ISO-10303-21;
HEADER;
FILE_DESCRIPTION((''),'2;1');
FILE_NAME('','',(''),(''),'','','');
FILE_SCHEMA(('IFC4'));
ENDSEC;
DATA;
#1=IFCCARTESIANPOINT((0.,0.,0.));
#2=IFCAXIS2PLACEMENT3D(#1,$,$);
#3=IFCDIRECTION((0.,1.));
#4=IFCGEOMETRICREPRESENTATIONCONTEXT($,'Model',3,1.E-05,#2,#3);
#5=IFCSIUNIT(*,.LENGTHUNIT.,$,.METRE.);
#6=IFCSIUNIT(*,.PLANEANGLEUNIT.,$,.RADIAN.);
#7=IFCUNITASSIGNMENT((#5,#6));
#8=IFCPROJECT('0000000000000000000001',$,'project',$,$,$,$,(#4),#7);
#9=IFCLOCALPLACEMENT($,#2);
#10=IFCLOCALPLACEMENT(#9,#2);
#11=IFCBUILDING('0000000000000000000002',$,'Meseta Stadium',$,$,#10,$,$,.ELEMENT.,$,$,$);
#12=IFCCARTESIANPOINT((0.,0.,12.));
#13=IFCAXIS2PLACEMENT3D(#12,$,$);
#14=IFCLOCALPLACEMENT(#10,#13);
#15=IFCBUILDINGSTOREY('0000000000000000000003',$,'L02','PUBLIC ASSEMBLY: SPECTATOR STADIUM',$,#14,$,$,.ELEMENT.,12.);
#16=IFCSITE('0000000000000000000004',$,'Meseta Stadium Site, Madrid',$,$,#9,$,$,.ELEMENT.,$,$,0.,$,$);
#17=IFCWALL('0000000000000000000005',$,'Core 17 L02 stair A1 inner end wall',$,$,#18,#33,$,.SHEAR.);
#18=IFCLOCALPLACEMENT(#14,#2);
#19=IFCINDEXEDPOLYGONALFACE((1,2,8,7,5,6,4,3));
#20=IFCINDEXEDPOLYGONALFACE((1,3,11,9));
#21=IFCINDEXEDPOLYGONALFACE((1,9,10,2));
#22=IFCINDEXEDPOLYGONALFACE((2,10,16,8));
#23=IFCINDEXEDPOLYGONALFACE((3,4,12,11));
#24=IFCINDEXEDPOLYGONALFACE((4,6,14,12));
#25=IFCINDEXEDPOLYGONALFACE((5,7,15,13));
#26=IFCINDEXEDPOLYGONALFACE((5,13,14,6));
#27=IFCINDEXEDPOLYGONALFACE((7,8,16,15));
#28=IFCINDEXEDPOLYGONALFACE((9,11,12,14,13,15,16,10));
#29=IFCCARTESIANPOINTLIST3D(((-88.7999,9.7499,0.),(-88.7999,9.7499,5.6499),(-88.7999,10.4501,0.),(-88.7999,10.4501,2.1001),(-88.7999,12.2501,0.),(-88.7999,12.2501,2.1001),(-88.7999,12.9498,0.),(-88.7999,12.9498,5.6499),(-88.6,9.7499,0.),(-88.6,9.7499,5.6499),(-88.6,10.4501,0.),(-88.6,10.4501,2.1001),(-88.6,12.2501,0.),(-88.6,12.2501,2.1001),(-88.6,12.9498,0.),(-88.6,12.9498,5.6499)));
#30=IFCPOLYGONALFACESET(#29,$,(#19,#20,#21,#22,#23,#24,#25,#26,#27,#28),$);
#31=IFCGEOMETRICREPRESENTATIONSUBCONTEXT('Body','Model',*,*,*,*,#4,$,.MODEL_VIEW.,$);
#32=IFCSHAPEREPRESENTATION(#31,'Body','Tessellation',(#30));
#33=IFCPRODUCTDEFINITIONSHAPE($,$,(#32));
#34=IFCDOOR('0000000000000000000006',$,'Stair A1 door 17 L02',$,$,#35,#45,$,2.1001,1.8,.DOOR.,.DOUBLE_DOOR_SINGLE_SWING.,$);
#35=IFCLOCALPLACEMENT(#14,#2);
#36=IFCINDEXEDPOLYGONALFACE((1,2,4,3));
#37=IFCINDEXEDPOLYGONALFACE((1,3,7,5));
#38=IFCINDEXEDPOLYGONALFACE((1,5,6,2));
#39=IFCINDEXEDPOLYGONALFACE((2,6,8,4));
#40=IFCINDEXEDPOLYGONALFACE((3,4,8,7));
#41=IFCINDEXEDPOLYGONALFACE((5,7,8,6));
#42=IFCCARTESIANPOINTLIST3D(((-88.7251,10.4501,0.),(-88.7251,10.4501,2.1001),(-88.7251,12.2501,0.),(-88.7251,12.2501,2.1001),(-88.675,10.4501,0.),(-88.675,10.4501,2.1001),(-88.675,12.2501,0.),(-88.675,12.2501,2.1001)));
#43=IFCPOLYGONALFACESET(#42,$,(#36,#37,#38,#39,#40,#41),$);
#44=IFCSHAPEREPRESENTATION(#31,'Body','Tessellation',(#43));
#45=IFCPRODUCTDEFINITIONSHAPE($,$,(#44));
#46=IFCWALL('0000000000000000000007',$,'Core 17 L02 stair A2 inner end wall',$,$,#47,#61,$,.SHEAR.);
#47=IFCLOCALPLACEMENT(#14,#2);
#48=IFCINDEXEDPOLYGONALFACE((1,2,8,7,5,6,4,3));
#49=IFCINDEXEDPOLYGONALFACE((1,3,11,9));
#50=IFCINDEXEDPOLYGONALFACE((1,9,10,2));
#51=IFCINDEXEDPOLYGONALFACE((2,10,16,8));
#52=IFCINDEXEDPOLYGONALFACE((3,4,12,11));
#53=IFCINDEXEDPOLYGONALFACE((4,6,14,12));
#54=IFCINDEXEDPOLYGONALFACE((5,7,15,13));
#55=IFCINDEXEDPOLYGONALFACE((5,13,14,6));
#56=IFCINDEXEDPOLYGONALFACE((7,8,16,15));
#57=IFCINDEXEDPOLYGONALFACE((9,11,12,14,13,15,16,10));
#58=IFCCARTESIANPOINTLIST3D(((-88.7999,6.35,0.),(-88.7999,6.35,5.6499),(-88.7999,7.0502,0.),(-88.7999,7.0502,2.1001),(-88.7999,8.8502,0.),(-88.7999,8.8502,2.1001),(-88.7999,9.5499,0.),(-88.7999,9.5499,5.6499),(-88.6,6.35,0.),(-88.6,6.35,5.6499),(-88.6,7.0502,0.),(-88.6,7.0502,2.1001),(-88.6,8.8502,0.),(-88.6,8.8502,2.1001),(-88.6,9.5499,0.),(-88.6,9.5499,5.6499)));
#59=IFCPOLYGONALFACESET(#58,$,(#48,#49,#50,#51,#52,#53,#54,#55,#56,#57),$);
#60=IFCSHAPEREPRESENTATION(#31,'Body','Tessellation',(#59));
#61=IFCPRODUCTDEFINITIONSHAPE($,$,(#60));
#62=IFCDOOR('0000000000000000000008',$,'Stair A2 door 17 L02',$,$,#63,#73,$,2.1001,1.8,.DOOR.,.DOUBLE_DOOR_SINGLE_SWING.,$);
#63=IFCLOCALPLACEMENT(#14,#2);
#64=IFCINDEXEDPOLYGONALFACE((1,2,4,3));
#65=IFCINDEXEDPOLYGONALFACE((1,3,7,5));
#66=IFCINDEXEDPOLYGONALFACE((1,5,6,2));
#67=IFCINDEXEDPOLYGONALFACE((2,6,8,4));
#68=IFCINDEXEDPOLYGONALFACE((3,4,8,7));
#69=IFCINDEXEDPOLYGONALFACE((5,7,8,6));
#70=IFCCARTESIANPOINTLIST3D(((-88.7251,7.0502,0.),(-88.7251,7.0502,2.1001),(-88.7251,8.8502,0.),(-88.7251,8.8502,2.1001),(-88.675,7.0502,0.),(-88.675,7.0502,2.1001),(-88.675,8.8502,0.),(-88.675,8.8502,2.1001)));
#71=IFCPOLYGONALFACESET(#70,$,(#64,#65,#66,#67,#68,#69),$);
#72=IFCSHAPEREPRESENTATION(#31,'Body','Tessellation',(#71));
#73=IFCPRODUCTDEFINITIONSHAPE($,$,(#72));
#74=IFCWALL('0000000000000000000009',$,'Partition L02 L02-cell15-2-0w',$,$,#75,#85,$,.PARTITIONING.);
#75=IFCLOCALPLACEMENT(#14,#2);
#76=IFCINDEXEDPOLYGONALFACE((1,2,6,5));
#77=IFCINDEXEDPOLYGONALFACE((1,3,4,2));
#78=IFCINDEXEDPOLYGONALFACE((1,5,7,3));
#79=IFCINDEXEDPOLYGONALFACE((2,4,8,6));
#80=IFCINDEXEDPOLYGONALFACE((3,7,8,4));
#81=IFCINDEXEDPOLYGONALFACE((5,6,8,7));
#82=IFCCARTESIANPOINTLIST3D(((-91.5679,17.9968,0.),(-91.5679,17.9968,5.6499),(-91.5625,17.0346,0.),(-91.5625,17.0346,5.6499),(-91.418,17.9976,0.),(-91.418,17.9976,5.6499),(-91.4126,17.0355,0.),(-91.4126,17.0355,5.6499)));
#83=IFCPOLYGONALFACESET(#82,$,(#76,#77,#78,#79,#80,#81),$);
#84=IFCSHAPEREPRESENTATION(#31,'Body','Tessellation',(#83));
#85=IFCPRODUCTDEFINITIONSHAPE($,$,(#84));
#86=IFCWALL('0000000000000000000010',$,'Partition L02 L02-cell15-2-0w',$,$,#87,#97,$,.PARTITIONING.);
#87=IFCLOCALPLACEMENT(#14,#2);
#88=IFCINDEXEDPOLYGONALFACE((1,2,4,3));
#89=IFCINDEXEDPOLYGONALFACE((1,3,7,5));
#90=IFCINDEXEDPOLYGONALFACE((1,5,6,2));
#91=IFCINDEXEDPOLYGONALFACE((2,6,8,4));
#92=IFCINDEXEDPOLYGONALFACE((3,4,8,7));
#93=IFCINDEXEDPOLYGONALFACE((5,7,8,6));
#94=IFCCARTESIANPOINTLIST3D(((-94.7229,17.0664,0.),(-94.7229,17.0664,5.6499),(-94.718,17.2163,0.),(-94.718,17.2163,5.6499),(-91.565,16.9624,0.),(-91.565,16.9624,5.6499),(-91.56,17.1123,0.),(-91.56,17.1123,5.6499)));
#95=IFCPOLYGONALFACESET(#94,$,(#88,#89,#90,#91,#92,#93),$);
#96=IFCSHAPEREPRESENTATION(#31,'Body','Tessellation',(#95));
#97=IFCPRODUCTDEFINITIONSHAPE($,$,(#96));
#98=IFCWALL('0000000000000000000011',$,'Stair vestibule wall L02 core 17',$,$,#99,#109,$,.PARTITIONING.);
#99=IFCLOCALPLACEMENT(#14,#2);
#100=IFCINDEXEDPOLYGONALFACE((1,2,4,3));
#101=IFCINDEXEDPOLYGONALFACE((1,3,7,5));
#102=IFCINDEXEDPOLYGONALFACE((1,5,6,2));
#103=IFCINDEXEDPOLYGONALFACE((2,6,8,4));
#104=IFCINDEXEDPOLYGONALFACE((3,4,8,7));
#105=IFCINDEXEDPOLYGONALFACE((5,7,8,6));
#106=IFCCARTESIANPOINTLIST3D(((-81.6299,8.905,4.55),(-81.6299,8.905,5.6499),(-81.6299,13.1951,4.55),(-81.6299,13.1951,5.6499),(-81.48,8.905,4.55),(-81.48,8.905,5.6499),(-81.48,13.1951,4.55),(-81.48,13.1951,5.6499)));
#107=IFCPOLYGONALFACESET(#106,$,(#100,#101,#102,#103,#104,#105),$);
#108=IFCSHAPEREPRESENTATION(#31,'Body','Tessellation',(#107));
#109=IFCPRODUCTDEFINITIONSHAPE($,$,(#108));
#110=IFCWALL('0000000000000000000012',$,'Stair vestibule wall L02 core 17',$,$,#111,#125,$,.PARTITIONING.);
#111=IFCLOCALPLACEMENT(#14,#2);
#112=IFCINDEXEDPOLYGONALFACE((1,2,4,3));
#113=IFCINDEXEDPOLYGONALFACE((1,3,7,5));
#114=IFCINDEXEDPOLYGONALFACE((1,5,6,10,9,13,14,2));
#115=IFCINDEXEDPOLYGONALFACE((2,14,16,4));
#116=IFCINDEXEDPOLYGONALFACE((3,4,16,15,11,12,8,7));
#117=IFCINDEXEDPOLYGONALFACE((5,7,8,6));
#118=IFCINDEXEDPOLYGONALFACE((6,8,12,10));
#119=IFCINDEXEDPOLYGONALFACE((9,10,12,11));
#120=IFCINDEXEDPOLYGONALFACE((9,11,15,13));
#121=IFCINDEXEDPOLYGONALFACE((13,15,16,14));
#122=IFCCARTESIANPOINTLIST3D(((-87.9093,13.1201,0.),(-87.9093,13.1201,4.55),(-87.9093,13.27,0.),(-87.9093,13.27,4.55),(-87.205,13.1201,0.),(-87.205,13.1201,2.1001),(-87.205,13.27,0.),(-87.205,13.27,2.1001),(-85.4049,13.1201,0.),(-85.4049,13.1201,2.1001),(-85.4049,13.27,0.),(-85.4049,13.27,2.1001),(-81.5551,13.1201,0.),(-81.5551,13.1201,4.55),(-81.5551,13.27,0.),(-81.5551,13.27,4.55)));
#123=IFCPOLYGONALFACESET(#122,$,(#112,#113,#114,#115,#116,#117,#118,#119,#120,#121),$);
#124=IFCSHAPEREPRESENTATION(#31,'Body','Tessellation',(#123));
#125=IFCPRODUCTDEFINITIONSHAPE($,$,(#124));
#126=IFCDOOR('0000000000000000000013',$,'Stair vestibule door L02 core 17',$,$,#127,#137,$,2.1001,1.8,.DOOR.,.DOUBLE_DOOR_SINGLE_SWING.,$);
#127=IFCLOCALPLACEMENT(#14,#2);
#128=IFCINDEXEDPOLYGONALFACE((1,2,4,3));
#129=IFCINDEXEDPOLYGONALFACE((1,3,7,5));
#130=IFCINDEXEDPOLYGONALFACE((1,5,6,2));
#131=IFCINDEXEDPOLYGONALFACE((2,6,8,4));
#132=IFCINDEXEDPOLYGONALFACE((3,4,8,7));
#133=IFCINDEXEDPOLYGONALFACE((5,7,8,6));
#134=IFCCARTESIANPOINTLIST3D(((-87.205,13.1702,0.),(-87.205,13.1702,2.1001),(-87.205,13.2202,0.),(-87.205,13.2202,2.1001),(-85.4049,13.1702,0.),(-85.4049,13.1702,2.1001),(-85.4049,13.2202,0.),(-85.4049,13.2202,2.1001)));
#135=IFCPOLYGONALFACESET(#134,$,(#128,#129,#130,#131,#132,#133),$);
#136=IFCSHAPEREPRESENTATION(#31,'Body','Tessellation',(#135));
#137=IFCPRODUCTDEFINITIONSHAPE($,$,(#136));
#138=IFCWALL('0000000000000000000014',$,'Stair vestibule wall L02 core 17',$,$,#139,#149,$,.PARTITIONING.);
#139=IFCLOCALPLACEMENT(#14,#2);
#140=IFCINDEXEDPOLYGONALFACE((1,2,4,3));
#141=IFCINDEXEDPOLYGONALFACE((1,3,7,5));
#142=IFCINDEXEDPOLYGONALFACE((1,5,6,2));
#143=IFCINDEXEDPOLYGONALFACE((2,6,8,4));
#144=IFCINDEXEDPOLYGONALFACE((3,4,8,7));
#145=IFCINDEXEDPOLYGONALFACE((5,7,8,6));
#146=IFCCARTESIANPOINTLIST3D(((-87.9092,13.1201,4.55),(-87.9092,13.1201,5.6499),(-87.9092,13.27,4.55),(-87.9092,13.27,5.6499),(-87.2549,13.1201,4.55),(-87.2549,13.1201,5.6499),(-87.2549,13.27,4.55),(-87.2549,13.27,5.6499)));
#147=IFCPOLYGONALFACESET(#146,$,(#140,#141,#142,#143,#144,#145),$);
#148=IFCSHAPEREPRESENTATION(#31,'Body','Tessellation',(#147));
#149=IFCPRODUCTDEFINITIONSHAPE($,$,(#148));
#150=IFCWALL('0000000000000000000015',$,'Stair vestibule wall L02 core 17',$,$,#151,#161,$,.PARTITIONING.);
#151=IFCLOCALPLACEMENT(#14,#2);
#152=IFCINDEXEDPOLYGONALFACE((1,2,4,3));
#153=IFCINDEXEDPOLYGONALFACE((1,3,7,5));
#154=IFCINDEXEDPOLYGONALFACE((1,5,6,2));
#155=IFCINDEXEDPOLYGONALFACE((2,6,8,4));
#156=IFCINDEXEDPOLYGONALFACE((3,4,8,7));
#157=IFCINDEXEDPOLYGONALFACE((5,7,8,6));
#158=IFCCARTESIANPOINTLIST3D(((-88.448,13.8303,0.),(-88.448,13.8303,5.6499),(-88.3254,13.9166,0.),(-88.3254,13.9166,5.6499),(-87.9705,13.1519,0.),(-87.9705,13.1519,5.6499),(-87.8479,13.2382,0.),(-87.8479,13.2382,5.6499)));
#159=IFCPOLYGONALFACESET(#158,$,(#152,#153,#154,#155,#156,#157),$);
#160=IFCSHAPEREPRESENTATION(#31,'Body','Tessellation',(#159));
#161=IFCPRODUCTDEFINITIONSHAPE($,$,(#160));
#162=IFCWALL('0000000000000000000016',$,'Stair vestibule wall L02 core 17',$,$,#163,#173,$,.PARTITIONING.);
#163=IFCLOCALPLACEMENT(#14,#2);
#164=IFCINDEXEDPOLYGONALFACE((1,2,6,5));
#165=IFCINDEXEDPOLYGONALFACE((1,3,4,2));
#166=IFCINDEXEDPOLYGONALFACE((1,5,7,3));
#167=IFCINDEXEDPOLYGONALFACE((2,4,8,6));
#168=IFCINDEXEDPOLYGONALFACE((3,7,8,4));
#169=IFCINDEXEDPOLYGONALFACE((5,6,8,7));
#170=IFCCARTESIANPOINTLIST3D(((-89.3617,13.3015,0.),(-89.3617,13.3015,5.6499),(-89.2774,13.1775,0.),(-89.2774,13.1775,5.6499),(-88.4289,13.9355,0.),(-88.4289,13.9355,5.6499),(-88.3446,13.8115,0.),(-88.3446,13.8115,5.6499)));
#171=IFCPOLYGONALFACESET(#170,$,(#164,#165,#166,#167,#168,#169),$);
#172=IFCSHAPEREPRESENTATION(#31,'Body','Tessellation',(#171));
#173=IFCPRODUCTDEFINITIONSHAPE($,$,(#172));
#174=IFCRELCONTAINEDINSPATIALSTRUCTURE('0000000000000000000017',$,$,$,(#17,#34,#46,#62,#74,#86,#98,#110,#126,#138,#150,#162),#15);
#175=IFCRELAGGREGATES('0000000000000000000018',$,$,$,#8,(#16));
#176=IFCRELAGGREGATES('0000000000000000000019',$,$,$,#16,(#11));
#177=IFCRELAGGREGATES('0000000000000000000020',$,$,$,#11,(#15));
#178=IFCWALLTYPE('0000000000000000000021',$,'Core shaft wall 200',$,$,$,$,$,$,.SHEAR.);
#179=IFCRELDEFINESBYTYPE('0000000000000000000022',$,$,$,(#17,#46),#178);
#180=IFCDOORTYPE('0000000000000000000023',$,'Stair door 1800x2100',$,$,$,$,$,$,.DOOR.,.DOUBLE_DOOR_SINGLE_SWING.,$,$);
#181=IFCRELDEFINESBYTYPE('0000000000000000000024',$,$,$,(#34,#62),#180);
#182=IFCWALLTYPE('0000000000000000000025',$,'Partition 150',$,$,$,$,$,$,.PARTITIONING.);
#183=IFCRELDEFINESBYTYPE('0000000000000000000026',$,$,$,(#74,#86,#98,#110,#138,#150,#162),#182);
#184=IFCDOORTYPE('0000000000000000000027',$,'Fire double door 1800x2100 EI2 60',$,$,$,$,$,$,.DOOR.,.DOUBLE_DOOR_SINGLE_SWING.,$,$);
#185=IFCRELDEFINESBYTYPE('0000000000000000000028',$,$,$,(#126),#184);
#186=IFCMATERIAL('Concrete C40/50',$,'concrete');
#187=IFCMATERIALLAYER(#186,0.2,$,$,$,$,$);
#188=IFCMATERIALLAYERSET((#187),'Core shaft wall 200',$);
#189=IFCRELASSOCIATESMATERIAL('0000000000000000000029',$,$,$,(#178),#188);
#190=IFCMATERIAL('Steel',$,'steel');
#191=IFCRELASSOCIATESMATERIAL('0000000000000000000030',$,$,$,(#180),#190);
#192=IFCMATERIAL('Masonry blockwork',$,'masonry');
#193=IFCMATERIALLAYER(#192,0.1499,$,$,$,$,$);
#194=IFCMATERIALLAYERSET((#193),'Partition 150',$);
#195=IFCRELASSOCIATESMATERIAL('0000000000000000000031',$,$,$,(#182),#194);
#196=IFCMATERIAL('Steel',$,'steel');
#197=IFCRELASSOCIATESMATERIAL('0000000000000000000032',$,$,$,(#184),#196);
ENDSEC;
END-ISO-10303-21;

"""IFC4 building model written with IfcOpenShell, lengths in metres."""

from ifc_helpers import new_model, si_unit, direction, frame, frame_2d, origin, place, context, subcontext, project, spatial, rectangle, extrude, material, layer, layer_set, type_object, element, fill, save


model = new_model("IFC4")

# Units and contexts
model_context = context("Model", 3, precision=1e-05, world=origin(), true_north=direction((0.0, 1.0)))
body_context = subcontext(model_context, "Body", "Model", "MODEL_VIEW")
ifc_project = project(units=[si_unit("LENGTHUNIT", "METRE"), si_unit("PLANEANGLEUNIT", "RADIAN")], contexts=[model_context])

# Site, building, storey
site_placement = place(None, origin())
site = spatial("IfcSite", under=ifc_project, at=site_placement, Name="Meseta Stadium Site, Madrid", CompositionType="ELEMENT", RefElevation=0.0)
building_placement = place(site_placement, origin())
building = spatial("IfcBuilding", under=site, at=building_placement, Name="Meseta Stadium", CompositionType="ELEMENT")
storey_placement = place(building_placement, frame((0.0, 0.0, 12.0)))
storey = spatial("IfcBuildingStorey", under=building, at=storey_placement, Name="L02", Description="PUBLIC ASSEMBLY: SPECTATOR STADIUM", CompositionType="ELEMENT", Elevation=12.0)

# Walls, openings, doors
ifc_material_1 = material(Name="Concrete C40/50", Category="concrete")
ifc_layer_1 = layer(ifc_material_1, 0.2)
ifc_layer_set_1 = layer_set([ifc_layer_1], Name="Core shaft wall 200")
wall_type_1 = type_object("IfcWallType", Name="Core shaft wall 200", PredefinedType="SHEAR", material=ifc_layer_set_1)
wall_1_placement = place(storey_placement, frame((-88.7, 12.95, 0.0), z_axis=(0.0, 0.0, 1.0), x_axis=(0.0, -1.0, 0.0)))
wall_1 = element("IfcWall", 1, at=wall_1_placement, inside=storey, type_object=wall_type_1, Name="Core 17 L02 stair A1 inner end wall", PredefinedType="SHEAR", context=body_context, shape_type="SweptSolid", body=[
    extrude(rectangle(XDim=3.2, YDim=0.2, at=frame_2d((1.6001, 0.0))), origin(), (0.0, 0.0, 1.0), 5.6499),
])
opening_1_placement = place(wall_1_placement, frame((0.7, 0.0, 0.0)))
opening_1 = element("IfcOpeningElement", 2, at=opening_1_placement, cuts=wall_1, PredefinedType="OPENING", context=body_context, shape_type="SweptSolid", body=[
    extrude(rectangle(XDim=1.8, YDim=2.1001, at=frame_2d((0.8999, 1.05))), frame((0.0, 0.1099, 0.0), z_axis=(0.0, -1.0, 0.0), x_axis=(1.0, 0.0, 0.0)), (0.0, 0.0, 1.0), 0.22),
])
ifc_material_2 = material(Name="Steel", Category="steel")
door_type_1 = type_object("IfcDoorType", Name="Stair door 1800x2100", OperationType="DOUBLE_DOOR_SINGLE_SWING", PredefinedType="DOOR", material=ifc_material_2)
door_1_placement = place(opening_1_placement, origin())
door_1 = element("IfcDoor", 3, at=door_1_placement, inside=storey, type_object=door_type_1, Name="Stair A1 door 17 L02", OperationType="DOUBLE_DOOR_SINGLE_SWING", OverallHeight=2.1001, OverallWidth=1.8, PredefinedType="DOOR", context=body_context, shape_type="SweptSolid", body=[
    extrude(rectangle(XDim=1.8, YDim=2.1001, at=frame_2d((0.8999, 1.05))), frame((0.0, 0.0249, 0.0), z_axis=(0.0, -1.0, 0.0), x_axis=(1.0, 0.0, 0.0)), (0.0, 0.0, 1.0), 0.05),
])
fill(opening_1, door_1)
wall_2_placement = place(storey_placement, frame((-88.7, 9.55, 0.0), z_axis=(0.0, 0.0, 1.0), x_axis=(0.0, -1.0, 0.0)))
wall_2 = element("IfcWall", 4, at=wall_2_placement, inside=storey, type_object=wall_type_1, Name="Core 17 L02 stair A2 inner end wall", PredefinedType="SHEAR", context=body_context, shape_type="SweptSolid", body=[
    extrude(rectangle(XDim=3.2, YDim=0.2, at=frame_2d((1.6001, 0.0))), origin(), (0.0, 0.0, 1.0), 5.6499),
])
opening_2_placement = place(wall_2_placement, frame((0.7, 0.0, 0.0)))
opening_2 = element("IfcOpeningElement", 5, at=opening_2_placement, cuts=wall_2, PredefinedType="OPENING", context=body_context, shape_type="SweptSolid", body=[
    extrude(rectangle(XDim=1.8, YDim=2.1001, at=frame_2d((0.8999, 1.05))), frame((0.0, 0.1099, 0.0), z_axis=(0.0, -1.0, 0.0), x_axis=(1.0, 0.0, 0.0)), (0.0, 0.0, 1.0), 0.22),
])
door_2_placement = place(opening_2_placement, origin())
door_2 = element("IfcDoor", 6, at=door_2_placement, inside=storey, type_object=door_type_1, Name="Stair A2 door 17 L02", OperationType="DOUBLE_DOOR_SINGLE_SWING", OverallHeight=2.1001, OverallWidth=1.8, PredefinedType="DOOR", context=body_context, shape_type="SweptSolid", body=[
    extrude(rectangle(XDim=1.8, YDim=2.1001, at=frame_2d((0.8999, 1.05))), frame((0.0, 0.0249, 0.0), z_axis=(0.0, -1.0, 0.0), x_axis=(1.0, 0.0, 0.0)), (0.0, 0.0, 1.0), 0.05),
])
fill(opening_2, door_2)

# Walls
ifc_material_3 = material(Name="Masonry blockwork", Category="masonry")
ifc_layer_2 = layer(ifc_material_3, 0.1499)
ifc_layer_set_2 = layer_set([ifc_layer_2], Name="Partition 150")
wall_type_2 = type_object("IfcWallType", Name="Partition 150", PredefinedType="PARTITIONING", material=ifc_layer_set_2)
wall_3_placement = place(storey_placement, frame((-91.4929, 17.9971, 0.0), z_axis=(0.0, 0.0, 1.0), x_axis=(0.005582, -0.999984, 0.0)))
element("IfcWall", 7, at=wall_3_placement, inside=storey, type_object=wall_type_2, Name="Partition L02 L02-cell15-2-0w", PredefinedType="PARTITIONING", context=body_context, shape_type="SweptSolid", body=[
    extrude(rectangle(XDim=0.9622, YDim=0.1499, at=frame_2d((0.481, 0.0))), origin(), (0.0, 0.0, 1.0), 5.6499),
])
wall_4_placement = place(storey_placement, frame((-91.5625, 17.0374, 0.0), z_axis=(0.0, 0.0, 1.0), x_axis=(-0.999458, 0.032916, 0.0)))
element("IfcWall", 8, at=wall_4_placement, inside=storey, type_object=wall_type_2, Name="Partition L02 L02-cell15-2-0w", PredefinedType="PARTITIONING", context=body_context, shape_type="SweptSolid", body=[
    extrude(rectangle(XDim=3.1597, YDim=0.1499, at=frame_2d((1.5798, 0.0))), origin(), (0.0, 0.0, 1.0), 5.6499),
])
wall_5_placement = place(storey_placement, frame((-81.5549, 8.905, 4.55), z_axis=(0.0, 0.0, 1.0), x_axis=(0.0, 1.0, 0.0)))
element("IfcWall", 9, at=wall_5_placement, inside=storey, type_object=wall_type_2, Name="Stair vestibule wall L02 core 17", PredefinedType="PARTITIONING", context=body_context, shape_type="SweptSolid", body=[
    extrude(rectangle(XDim=4.29, YDim=0.1499, at=frame_2d((2.145, 0.0))), origin(), (0.0, 0.0, 1.0), 1.0999),
])

# Wall, opening, door
wall_6_placement = place(storey_placement, frame((-81.5549, 13.1951, 0.0), z_axis=(0.0, 0.0, 1.0), x_axis=(-1.0, 0.0, 0.0)))
wall_6 = element("IfcWall", 10, at=wall_6_placement, inside=storey, type_object=wall_type_2, Name="Stair vestibule wall L02 core 17", PredefinedType="PARTITIONING", context=body_context, shape_type="SweptSolid", body=[
    extrude(rectangle(XDim=6.3542, YDim=0.1499, at=frame_2d((3.1772, 0.0))), origin(), (0.0, 0.0, 1.0), 4.55),
])
opening_3_placement = place(wall_6_placement, frame((3.8501, 0.0, 0.0)))
opening_3 = element("IfcOpeningElement", 11, at=opening_3_placement, cuts=wall_6, PredefinedType="OPENING", context=body_context, shape_type="SweptSolid", body=[
    extrude(rectangle(XDim=1.8, YDim=2.1001, at=frame_2d((0.8999, 1.05))), frame((0.0, 0.085, 0.0), z_axis=(0.0, -1.0, 0.0), x_axis=(1.0, 0.0, 0.0)), (0.0, 0.0, 1.0), 0.1699),
])
ifc_material_4 = material(Name="Steel", Category="steel")
door_type_2 = type_object("IfcDoorType", Name="Fire double door 1800x2100 EI2 60", OperationType="DOUBLE_DOOR_SINGLE_SWING", PredefinedType="DOOR", material=ifc_material_4)
door_3_placement = place(opening_3_placement, origin())
door_3 = element("IfcDoor", 12, at=door_3_placement, inside=storey, type_object=door_type_2, Name="Stair vestibule door L02 core 17", OperationType="DOUBLE_DOOR_SINGLE_SWING", OverallHeight=2.1001, OverallWidth=1.8, PredefinedType="DOOR", context=body_context, shape_type="SweptSolid", body=[
    extrude(rectangle(XDim=1.8, YDim=2.1001, at=frame_2d((0.8999, 1.05))), frame((0.0, 0.0249, 0.0), z_axis=(0.0, -1.0, 0.0), x_axis=(1.0, 0.0, 0.0)), (0.0, 0.0, 1.0), 0.05),
])
fill(opening_3, door_3)

# Walls
wall_7_placement = place(storey_placement, frame((-87.2549, 13.1951, 4.55), z_axis=(0.0, 0.0, 1.0), x_axis=(-1.0, 0.0, 0.0)))
element("IfcWall", 13, at=wall_7_placement, inside=storey, type_object=wall_type_2, Name="Stair vestibule wall L02 core 17", PredefinedType="PARTITIONING", context=body_context, shape_type="SweptSolid", body=[
    extrude(rectangle(XDim=0.6543, YDim=0.1499, at=frame_2d((0.3271, 0.0))), origin(), (0.0, 0.0, 1.0), 1.0999),
])
wall_8_placement = place(storey_placement, frame((-87.9092, 13.1951, 0.0), z_axis=(0.0, 0.0, 1.0), x_axis=(-0.575574, 0.81775, 0.0)))
element("IfcWall", 14, at=wall_8_placement, inside=storey, type_object=wall_type_2, Name="Stair vestibule wall L02 core 17", PredefinedType="PARTITIONING", context=body_context, shape_type="SweptSolid", body=[
    extrude(rectangle(XDim=0.8296, YDim=0.1499, at=frame_2d((0.4148, 0.0))), origin(), (0.0, 0.0, 1.0), 5.6499),
])
wall_9_placement = place(storey_placement, frame((-88.3867, 13.8735, 0.0), z_axis=(0.0, 0.0, 1.0), x_axis=(-0.827055, -0.562121, 0.0)))
element("IfcWall", 15, at=wall_9_placement, inside=storey, type_object=wall_type_2, Name="Stair vestibule wall L02 core 17", PredefinedType="PARTITIONING", context=body_context, shape_type="SweptSolid", body=[
    extrude(rectangle(XDim=1.1279, YDim=0.1499, at=frame_2d((0.564, 0.0))), origin(), (0.0, 0.0, 1.0), 5.6499),
])

save(model, "model.ifc")
